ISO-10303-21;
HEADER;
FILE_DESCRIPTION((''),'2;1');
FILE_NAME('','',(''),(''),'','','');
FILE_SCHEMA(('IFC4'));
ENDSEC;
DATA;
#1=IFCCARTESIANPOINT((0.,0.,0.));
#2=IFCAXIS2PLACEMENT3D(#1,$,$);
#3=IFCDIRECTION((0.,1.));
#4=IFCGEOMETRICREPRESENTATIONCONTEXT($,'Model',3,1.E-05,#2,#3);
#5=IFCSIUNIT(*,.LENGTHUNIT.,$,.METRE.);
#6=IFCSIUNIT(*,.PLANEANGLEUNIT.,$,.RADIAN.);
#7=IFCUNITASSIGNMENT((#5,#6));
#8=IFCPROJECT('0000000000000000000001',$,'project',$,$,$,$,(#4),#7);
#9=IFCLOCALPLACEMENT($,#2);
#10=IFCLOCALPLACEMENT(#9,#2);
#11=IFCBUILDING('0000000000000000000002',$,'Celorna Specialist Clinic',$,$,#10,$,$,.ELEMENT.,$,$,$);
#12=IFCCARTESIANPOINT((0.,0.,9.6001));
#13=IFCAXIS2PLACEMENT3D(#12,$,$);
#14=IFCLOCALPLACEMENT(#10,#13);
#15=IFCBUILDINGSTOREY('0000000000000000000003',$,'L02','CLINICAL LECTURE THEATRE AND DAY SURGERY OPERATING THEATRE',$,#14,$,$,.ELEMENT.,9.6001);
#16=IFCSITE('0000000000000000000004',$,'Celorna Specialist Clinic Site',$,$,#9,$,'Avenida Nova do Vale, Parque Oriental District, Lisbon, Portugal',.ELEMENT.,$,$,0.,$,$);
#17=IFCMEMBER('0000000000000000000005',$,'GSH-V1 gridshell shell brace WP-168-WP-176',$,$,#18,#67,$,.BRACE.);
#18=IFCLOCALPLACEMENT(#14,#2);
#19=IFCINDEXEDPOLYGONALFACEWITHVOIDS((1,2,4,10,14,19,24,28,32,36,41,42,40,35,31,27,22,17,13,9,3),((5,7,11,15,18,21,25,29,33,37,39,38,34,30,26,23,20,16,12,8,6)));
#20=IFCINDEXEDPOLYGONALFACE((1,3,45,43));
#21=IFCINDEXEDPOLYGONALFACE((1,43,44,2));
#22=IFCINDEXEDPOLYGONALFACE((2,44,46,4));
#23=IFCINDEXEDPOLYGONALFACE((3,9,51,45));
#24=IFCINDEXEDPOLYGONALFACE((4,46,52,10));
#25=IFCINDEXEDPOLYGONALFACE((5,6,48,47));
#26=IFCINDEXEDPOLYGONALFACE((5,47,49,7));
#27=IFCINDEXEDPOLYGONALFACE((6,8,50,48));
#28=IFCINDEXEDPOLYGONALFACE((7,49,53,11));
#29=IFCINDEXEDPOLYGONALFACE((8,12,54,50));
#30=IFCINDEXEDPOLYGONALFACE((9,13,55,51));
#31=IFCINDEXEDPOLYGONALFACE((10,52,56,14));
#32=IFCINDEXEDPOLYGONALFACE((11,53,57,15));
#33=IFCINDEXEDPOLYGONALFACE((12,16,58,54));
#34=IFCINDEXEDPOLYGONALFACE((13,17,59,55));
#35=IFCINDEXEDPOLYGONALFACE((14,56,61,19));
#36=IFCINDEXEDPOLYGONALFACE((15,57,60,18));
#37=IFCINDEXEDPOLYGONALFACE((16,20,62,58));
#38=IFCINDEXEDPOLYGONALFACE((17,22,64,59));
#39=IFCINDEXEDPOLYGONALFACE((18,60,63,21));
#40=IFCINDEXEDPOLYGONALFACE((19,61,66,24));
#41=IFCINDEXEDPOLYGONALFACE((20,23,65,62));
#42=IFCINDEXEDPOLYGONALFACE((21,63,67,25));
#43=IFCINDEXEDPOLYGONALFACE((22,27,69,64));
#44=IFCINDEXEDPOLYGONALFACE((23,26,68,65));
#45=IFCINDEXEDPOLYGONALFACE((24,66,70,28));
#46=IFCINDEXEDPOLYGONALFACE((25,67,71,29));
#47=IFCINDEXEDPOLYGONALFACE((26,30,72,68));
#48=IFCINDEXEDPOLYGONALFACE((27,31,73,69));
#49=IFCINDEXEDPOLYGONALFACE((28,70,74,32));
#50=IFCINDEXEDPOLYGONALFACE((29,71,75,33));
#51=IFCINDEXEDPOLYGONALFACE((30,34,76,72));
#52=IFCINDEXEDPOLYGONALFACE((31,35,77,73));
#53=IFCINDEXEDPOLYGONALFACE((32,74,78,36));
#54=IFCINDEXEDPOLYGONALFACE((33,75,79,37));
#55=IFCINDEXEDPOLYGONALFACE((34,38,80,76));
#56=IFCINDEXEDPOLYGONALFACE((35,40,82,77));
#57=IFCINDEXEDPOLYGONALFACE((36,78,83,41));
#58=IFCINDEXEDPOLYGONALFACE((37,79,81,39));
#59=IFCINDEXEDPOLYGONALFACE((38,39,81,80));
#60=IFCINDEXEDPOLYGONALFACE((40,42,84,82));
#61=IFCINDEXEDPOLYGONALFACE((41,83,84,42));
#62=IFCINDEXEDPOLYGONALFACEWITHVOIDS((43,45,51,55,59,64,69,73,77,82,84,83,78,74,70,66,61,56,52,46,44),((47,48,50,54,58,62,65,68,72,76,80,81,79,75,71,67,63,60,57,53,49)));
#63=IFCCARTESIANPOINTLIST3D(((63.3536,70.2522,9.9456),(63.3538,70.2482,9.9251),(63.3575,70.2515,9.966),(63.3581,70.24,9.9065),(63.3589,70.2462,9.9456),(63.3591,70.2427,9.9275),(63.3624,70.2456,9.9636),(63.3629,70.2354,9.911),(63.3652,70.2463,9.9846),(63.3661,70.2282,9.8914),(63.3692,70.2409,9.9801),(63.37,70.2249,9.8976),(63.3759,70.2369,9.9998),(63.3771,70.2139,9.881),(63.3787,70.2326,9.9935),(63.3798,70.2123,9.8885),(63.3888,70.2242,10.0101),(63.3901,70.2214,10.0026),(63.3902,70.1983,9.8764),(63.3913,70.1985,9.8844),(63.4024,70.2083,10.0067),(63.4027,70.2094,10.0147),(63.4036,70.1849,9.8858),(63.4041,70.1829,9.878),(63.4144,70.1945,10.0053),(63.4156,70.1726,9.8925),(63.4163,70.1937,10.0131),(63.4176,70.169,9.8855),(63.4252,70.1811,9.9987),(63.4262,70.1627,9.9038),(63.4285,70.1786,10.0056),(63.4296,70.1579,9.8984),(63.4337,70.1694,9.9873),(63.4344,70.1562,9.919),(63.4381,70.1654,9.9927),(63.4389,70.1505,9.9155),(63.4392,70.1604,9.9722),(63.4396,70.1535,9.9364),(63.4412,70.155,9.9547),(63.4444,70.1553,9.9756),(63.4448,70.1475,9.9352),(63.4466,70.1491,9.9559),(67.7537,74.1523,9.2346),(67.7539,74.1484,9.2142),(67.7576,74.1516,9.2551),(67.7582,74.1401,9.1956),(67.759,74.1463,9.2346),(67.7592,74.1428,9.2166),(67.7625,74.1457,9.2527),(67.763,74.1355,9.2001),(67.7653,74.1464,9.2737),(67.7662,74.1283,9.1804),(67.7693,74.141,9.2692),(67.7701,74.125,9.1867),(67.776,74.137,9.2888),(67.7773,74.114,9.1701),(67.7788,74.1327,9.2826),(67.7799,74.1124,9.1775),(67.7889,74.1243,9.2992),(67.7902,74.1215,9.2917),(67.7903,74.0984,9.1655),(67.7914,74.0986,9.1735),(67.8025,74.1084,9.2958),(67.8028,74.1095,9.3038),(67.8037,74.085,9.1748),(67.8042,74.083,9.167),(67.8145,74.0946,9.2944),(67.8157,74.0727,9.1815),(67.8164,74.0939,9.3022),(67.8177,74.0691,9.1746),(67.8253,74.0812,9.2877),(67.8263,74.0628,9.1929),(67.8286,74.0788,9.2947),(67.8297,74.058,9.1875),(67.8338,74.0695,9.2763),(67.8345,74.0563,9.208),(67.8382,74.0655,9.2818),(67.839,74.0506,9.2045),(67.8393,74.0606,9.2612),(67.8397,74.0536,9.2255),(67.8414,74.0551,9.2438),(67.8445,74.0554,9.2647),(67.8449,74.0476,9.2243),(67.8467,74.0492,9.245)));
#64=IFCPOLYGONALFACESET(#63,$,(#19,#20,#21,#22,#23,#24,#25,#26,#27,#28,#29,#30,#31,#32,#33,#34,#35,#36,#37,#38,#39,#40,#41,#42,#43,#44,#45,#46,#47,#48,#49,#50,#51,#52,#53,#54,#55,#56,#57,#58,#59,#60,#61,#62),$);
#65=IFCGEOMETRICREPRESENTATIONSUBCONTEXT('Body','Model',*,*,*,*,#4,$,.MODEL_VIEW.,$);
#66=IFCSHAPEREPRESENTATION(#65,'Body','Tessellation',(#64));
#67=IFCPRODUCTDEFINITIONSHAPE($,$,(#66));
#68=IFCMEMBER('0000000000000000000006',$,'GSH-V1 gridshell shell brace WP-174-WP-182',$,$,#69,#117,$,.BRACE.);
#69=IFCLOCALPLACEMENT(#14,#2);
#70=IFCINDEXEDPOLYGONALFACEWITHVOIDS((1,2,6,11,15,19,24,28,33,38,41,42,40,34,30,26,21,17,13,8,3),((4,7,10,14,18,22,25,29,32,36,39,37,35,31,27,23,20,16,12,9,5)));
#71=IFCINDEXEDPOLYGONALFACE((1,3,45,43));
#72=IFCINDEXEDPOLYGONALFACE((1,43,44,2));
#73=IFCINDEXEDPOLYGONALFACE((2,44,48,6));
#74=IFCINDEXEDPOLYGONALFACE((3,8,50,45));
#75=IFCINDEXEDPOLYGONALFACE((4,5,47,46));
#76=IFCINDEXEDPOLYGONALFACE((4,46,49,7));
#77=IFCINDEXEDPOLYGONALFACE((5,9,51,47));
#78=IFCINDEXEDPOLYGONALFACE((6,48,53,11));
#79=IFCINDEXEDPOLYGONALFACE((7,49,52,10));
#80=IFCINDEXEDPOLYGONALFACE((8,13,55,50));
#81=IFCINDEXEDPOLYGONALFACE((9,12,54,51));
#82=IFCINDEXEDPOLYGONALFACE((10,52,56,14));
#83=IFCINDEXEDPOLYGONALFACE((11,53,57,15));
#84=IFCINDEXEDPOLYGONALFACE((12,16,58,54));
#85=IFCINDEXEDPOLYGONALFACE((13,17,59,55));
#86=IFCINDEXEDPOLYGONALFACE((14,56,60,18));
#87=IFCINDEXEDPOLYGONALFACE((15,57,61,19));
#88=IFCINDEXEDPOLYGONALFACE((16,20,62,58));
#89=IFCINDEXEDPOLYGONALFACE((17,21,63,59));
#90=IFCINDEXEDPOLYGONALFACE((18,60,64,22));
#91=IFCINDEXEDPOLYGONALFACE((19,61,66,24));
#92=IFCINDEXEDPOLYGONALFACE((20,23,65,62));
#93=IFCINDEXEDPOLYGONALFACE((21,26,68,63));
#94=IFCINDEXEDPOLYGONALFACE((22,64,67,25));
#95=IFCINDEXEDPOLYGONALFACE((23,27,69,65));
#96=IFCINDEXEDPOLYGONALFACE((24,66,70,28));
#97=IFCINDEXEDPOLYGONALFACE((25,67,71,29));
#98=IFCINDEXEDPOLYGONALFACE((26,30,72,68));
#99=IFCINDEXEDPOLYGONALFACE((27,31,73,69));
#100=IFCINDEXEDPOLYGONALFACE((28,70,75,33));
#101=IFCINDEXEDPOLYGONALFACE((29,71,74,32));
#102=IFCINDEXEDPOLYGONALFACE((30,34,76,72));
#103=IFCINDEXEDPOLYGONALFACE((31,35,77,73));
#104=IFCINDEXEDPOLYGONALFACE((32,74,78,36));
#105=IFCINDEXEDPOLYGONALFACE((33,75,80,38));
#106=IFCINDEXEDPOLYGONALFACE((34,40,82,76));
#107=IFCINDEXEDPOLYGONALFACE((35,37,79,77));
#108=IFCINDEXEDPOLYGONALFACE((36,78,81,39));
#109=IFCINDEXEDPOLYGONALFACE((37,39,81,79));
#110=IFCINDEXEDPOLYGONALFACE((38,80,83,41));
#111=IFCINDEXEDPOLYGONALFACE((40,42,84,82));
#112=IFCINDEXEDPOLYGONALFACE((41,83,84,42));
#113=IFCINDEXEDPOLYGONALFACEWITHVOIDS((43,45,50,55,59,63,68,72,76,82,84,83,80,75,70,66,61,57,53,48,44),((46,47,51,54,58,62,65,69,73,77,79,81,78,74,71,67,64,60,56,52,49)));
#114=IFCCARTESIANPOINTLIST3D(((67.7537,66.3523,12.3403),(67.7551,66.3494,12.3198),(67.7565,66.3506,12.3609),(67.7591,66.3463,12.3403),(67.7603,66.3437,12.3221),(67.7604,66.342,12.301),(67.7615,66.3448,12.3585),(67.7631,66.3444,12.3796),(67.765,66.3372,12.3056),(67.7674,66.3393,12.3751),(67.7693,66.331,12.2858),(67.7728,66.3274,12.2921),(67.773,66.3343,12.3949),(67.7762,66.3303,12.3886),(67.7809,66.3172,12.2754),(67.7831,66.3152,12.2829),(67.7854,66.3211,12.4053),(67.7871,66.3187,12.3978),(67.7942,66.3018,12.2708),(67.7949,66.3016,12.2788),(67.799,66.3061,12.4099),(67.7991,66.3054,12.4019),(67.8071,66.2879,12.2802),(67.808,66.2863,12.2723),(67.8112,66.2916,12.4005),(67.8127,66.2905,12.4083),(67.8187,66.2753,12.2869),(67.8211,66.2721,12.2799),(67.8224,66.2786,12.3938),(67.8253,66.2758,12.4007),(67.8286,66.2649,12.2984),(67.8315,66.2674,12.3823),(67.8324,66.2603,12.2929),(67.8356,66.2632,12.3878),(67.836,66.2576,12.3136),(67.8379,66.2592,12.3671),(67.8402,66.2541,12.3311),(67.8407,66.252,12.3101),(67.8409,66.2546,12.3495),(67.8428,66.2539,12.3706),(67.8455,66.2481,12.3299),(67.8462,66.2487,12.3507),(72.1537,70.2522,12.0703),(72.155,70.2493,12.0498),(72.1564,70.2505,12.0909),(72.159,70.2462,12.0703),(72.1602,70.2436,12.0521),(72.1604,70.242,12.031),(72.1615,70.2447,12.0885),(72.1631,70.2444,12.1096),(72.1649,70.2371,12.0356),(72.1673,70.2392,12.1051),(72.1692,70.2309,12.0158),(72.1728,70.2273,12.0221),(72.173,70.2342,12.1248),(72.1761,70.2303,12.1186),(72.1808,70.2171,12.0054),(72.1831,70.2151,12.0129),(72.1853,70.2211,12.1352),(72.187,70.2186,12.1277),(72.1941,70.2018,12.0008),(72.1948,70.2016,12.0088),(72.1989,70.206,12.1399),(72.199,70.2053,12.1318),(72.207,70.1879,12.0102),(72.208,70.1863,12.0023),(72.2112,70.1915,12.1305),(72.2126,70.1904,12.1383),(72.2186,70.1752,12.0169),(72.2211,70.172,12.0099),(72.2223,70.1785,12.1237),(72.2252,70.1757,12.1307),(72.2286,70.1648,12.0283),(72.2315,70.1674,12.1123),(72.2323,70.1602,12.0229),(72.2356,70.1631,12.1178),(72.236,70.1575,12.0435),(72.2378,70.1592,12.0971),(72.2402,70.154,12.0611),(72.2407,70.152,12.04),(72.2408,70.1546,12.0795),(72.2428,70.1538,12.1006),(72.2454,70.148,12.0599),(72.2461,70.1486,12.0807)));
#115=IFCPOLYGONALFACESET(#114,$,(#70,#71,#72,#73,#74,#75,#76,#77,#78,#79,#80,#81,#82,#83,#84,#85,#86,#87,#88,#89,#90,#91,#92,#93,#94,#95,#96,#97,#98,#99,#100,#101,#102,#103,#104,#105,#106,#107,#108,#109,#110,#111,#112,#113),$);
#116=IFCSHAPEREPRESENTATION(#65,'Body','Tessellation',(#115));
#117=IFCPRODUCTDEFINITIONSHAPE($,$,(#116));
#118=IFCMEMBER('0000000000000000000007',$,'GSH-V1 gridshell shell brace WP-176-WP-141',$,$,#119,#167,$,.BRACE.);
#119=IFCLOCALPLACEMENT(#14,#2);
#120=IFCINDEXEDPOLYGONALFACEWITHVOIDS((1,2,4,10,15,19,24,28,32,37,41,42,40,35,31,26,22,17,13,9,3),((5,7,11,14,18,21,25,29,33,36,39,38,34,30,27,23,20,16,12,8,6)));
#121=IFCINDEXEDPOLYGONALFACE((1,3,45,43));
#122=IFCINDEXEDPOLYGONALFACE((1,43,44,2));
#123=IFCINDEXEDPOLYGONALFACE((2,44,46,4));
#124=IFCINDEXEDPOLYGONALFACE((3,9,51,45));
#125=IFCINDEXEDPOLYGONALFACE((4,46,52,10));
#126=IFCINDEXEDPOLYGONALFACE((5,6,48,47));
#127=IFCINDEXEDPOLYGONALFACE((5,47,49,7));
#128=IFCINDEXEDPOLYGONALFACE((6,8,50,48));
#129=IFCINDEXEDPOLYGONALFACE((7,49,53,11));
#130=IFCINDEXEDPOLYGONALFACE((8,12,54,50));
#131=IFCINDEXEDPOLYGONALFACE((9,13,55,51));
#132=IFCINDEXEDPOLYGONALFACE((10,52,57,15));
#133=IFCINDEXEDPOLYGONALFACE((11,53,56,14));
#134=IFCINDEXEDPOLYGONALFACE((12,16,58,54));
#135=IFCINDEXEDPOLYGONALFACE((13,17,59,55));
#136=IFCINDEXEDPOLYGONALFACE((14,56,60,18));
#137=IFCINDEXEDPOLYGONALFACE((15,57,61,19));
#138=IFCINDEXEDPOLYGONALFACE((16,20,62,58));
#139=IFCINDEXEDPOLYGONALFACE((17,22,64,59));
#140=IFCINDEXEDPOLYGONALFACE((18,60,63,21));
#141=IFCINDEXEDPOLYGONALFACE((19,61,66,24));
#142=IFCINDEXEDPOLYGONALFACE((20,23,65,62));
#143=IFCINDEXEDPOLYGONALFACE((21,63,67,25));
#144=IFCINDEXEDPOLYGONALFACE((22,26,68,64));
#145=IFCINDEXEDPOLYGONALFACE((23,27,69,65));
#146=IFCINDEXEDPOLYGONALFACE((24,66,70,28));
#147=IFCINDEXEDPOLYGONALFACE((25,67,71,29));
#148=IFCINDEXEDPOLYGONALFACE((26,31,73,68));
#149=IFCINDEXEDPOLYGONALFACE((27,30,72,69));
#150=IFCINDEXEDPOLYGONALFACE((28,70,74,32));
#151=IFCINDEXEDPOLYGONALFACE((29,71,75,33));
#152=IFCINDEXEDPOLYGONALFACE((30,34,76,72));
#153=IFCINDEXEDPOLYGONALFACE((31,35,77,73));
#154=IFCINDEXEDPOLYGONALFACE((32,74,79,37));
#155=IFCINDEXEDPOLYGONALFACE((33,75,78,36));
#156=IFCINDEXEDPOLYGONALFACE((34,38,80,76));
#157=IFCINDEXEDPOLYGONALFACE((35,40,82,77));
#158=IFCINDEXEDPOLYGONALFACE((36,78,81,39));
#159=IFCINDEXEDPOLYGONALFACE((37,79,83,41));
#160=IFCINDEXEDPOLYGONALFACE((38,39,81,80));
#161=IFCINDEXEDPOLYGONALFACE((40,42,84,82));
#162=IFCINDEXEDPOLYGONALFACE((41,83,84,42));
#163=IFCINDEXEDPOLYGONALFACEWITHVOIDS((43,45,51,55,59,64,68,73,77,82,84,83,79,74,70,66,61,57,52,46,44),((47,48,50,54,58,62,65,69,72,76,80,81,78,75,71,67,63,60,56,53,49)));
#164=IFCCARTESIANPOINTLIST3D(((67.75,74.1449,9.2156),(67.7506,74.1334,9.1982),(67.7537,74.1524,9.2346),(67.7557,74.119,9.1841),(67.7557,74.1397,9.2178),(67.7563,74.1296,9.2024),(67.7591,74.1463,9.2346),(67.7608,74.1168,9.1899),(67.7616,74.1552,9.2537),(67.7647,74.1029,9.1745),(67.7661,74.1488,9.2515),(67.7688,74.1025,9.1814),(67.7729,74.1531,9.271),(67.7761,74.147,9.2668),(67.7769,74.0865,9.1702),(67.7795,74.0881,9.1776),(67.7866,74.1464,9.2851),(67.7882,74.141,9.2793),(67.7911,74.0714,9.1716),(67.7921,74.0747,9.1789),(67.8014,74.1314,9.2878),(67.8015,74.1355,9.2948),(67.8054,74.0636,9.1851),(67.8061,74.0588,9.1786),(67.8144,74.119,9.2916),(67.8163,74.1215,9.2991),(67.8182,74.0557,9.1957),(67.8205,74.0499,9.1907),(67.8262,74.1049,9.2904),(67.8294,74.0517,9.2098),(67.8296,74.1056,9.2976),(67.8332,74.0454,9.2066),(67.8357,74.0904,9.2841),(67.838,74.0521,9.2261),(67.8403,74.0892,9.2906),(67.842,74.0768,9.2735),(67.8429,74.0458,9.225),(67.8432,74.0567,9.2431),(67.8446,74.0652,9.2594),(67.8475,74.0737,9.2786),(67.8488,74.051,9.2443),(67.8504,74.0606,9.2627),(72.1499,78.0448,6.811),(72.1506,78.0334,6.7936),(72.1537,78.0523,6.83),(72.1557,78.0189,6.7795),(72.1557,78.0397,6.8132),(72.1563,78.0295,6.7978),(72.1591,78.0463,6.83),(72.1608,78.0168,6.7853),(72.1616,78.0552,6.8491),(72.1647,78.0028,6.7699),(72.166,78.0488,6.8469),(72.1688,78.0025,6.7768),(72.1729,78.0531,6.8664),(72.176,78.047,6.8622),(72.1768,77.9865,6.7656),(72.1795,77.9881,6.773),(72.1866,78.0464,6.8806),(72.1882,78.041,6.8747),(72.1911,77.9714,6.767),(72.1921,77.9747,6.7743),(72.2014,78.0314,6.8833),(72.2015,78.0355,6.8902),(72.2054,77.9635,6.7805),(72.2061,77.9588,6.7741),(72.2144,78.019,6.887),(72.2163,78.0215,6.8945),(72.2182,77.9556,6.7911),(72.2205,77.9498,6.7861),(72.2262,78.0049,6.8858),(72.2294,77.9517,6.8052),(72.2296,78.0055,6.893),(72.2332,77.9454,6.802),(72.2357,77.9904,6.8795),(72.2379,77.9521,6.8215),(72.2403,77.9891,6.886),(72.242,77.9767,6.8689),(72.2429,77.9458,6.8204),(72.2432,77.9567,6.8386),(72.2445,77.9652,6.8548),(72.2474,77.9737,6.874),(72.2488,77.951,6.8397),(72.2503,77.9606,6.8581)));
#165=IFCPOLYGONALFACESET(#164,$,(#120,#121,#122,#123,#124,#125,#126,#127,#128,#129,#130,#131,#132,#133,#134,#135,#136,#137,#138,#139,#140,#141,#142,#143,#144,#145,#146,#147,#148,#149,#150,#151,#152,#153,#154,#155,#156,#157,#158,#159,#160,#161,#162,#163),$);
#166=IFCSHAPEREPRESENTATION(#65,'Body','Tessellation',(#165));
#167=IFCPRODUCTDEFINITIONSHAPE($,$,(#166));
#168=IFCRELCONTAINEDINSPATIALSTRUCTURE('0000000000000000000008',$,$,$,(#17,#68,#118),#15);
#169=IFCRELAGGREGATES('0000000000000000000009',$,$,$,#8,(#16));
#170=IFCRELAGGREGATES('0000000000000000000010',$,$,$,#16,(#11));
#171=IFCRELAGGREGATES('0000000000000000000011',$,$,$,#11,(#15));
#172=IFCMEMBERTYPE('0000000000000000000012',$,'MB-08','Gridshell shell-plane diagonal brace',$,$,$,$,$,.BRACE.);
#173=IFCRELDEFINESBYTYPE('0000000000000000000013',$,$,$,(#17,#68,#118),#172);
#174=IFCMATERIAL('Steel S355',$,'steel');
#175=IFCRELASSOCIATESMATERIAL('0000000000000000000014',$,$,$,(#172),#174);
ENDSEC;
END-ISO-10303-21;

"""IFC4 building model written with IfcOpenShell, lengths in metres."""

from ifc_helpers import new_model, si_unit, direction, frame, origin, origin_2d, place, context, subcontext, project, spatial, hollow_circle, extrude, material, material_profile, profile_set, type_object, element, save


model = new_model("IFC4")

# Units and contexts
model_context = context("Model", 3, precision=1e-05, world=origin(), true_north=direction((0.0, 1.0)))
body_context = subcontext(model_context, "Body", "Model", "MODEL_VIEW")
ifc_project = project(units=[si_unit("LENGTHUNIT", "METRE"), si_unit("PLANEANGLEUNIT", "RADIAN")], contexts=[model_context])

# Site, building, storey
site_placement = place(None, origin())
site = spatial("IfcSite", under=ifc_project, at=site_placement, Name="Celorna Specialist Clinic Site", LongName="Avenida Nova do Vale, Parque Oriental District, Lisbon, Portugal", CompositionType="ELEMENT", RefElevation=0.0)
building_placement = place(site_placement, origin())
building = spatial("IfcBuilding", under=site, at=building_placement, Name="Celorna Specialist Clinic", CompositionType="ELEMENT")
storey_placement = place(building_placement, frame((0.0, 0.0, 9.6001)))
storey = spatial("IfcBuildingStorey", under=building, at=storey_placement, Name="L02", Description="CLINICAL LECTURE THEATRE AND DAY SURGERY OPERATING THEATRE", CompositionType="ELEMENT", Elevation=9.6001)

# Shared definitions
ifc_material_1 = material(Name="Steel S355", Category="steel")

# Members
ifc_material_profile_1 = material_profile(ifc_material_1, hollow_circle(Radius=0.0698, WallThickness=0.0081, at=origin_2d()), Name="CHS 139.7x8")
ifc_profile_set_1 = profile_set([ifc_material_profile_1], Name="Steel S355")
member_type_1 = type_object("IfcMemberType", Name="MB-08", Description="Gridshell shell-plane diagonal brace", PredefinedType="BRACE", material=ifc_profile_set_1)
member_1_placement = place(storey_placement, frame((63.3999, 70.2, 9.9456), z_axis=(0.742935, 0.658513, -0.120037), x_axis=(-0.663309, 0.748346, 0.0)))
element("IfcMember", 1, at=member_1_placement, inside=storey, type_object=member_type_1, Name="GSH-V1 gridshell shell brace WP-168-WP-176", PredefinedType="BRACE", context=body_context, shape_type="SweptSolid", body=[
    extrude(hollow_circle(Radius=0.0698, WallThickness=0.0081, at=origin_2d()), origin(), (0.0, 0.0, 1.0), 5.9226),
])
member_2_placement = place(storey_placement, frame((67.8, 66.3, 12.3403), z_axis=(0.74756, 0.662608, -0.045877), x_axis=(-0.663306, 0.748348, 0.0)))
element("IfcMember", 2, at=member_2_placement, inside=storey, type_object=member_type_1, Name="GSH-V1 gridshell shell brace WP-174-WP-182", PredefinedType="BRACE", context=body_context, shape_type="SweptSolid", body=[
    extrude(hollow_circle(Radius=0.0698, WallThickness=0.0081, at=origin_2d()), origin(), (0.0, 0.0, 1.0), 5.8857),
])
member_3_placement = place(storey_placement, frame((67.8, 74.1001, 9.2346), z_axis=(0.69266, 0.613947, -0.378538), x_axis=(-0.663306, 0.748348, 0.0)))
element("IfcMember", 3, at=member_3_placement, inside=storey, type_object=member_type_1, Name="GSH-V1 gridshell shell brace WP-176-WP-141", PredefinedType="BRACE", context=body_context, shape_type="SweptSolid", body=[
    extrude(hollow_circle(Radius=0.0698, WallThickness=0.0081, at=origin_2d()), origin(), (0.0, 0.0, 1.0), 6.3523),
])

save(model, "model.ifc")
